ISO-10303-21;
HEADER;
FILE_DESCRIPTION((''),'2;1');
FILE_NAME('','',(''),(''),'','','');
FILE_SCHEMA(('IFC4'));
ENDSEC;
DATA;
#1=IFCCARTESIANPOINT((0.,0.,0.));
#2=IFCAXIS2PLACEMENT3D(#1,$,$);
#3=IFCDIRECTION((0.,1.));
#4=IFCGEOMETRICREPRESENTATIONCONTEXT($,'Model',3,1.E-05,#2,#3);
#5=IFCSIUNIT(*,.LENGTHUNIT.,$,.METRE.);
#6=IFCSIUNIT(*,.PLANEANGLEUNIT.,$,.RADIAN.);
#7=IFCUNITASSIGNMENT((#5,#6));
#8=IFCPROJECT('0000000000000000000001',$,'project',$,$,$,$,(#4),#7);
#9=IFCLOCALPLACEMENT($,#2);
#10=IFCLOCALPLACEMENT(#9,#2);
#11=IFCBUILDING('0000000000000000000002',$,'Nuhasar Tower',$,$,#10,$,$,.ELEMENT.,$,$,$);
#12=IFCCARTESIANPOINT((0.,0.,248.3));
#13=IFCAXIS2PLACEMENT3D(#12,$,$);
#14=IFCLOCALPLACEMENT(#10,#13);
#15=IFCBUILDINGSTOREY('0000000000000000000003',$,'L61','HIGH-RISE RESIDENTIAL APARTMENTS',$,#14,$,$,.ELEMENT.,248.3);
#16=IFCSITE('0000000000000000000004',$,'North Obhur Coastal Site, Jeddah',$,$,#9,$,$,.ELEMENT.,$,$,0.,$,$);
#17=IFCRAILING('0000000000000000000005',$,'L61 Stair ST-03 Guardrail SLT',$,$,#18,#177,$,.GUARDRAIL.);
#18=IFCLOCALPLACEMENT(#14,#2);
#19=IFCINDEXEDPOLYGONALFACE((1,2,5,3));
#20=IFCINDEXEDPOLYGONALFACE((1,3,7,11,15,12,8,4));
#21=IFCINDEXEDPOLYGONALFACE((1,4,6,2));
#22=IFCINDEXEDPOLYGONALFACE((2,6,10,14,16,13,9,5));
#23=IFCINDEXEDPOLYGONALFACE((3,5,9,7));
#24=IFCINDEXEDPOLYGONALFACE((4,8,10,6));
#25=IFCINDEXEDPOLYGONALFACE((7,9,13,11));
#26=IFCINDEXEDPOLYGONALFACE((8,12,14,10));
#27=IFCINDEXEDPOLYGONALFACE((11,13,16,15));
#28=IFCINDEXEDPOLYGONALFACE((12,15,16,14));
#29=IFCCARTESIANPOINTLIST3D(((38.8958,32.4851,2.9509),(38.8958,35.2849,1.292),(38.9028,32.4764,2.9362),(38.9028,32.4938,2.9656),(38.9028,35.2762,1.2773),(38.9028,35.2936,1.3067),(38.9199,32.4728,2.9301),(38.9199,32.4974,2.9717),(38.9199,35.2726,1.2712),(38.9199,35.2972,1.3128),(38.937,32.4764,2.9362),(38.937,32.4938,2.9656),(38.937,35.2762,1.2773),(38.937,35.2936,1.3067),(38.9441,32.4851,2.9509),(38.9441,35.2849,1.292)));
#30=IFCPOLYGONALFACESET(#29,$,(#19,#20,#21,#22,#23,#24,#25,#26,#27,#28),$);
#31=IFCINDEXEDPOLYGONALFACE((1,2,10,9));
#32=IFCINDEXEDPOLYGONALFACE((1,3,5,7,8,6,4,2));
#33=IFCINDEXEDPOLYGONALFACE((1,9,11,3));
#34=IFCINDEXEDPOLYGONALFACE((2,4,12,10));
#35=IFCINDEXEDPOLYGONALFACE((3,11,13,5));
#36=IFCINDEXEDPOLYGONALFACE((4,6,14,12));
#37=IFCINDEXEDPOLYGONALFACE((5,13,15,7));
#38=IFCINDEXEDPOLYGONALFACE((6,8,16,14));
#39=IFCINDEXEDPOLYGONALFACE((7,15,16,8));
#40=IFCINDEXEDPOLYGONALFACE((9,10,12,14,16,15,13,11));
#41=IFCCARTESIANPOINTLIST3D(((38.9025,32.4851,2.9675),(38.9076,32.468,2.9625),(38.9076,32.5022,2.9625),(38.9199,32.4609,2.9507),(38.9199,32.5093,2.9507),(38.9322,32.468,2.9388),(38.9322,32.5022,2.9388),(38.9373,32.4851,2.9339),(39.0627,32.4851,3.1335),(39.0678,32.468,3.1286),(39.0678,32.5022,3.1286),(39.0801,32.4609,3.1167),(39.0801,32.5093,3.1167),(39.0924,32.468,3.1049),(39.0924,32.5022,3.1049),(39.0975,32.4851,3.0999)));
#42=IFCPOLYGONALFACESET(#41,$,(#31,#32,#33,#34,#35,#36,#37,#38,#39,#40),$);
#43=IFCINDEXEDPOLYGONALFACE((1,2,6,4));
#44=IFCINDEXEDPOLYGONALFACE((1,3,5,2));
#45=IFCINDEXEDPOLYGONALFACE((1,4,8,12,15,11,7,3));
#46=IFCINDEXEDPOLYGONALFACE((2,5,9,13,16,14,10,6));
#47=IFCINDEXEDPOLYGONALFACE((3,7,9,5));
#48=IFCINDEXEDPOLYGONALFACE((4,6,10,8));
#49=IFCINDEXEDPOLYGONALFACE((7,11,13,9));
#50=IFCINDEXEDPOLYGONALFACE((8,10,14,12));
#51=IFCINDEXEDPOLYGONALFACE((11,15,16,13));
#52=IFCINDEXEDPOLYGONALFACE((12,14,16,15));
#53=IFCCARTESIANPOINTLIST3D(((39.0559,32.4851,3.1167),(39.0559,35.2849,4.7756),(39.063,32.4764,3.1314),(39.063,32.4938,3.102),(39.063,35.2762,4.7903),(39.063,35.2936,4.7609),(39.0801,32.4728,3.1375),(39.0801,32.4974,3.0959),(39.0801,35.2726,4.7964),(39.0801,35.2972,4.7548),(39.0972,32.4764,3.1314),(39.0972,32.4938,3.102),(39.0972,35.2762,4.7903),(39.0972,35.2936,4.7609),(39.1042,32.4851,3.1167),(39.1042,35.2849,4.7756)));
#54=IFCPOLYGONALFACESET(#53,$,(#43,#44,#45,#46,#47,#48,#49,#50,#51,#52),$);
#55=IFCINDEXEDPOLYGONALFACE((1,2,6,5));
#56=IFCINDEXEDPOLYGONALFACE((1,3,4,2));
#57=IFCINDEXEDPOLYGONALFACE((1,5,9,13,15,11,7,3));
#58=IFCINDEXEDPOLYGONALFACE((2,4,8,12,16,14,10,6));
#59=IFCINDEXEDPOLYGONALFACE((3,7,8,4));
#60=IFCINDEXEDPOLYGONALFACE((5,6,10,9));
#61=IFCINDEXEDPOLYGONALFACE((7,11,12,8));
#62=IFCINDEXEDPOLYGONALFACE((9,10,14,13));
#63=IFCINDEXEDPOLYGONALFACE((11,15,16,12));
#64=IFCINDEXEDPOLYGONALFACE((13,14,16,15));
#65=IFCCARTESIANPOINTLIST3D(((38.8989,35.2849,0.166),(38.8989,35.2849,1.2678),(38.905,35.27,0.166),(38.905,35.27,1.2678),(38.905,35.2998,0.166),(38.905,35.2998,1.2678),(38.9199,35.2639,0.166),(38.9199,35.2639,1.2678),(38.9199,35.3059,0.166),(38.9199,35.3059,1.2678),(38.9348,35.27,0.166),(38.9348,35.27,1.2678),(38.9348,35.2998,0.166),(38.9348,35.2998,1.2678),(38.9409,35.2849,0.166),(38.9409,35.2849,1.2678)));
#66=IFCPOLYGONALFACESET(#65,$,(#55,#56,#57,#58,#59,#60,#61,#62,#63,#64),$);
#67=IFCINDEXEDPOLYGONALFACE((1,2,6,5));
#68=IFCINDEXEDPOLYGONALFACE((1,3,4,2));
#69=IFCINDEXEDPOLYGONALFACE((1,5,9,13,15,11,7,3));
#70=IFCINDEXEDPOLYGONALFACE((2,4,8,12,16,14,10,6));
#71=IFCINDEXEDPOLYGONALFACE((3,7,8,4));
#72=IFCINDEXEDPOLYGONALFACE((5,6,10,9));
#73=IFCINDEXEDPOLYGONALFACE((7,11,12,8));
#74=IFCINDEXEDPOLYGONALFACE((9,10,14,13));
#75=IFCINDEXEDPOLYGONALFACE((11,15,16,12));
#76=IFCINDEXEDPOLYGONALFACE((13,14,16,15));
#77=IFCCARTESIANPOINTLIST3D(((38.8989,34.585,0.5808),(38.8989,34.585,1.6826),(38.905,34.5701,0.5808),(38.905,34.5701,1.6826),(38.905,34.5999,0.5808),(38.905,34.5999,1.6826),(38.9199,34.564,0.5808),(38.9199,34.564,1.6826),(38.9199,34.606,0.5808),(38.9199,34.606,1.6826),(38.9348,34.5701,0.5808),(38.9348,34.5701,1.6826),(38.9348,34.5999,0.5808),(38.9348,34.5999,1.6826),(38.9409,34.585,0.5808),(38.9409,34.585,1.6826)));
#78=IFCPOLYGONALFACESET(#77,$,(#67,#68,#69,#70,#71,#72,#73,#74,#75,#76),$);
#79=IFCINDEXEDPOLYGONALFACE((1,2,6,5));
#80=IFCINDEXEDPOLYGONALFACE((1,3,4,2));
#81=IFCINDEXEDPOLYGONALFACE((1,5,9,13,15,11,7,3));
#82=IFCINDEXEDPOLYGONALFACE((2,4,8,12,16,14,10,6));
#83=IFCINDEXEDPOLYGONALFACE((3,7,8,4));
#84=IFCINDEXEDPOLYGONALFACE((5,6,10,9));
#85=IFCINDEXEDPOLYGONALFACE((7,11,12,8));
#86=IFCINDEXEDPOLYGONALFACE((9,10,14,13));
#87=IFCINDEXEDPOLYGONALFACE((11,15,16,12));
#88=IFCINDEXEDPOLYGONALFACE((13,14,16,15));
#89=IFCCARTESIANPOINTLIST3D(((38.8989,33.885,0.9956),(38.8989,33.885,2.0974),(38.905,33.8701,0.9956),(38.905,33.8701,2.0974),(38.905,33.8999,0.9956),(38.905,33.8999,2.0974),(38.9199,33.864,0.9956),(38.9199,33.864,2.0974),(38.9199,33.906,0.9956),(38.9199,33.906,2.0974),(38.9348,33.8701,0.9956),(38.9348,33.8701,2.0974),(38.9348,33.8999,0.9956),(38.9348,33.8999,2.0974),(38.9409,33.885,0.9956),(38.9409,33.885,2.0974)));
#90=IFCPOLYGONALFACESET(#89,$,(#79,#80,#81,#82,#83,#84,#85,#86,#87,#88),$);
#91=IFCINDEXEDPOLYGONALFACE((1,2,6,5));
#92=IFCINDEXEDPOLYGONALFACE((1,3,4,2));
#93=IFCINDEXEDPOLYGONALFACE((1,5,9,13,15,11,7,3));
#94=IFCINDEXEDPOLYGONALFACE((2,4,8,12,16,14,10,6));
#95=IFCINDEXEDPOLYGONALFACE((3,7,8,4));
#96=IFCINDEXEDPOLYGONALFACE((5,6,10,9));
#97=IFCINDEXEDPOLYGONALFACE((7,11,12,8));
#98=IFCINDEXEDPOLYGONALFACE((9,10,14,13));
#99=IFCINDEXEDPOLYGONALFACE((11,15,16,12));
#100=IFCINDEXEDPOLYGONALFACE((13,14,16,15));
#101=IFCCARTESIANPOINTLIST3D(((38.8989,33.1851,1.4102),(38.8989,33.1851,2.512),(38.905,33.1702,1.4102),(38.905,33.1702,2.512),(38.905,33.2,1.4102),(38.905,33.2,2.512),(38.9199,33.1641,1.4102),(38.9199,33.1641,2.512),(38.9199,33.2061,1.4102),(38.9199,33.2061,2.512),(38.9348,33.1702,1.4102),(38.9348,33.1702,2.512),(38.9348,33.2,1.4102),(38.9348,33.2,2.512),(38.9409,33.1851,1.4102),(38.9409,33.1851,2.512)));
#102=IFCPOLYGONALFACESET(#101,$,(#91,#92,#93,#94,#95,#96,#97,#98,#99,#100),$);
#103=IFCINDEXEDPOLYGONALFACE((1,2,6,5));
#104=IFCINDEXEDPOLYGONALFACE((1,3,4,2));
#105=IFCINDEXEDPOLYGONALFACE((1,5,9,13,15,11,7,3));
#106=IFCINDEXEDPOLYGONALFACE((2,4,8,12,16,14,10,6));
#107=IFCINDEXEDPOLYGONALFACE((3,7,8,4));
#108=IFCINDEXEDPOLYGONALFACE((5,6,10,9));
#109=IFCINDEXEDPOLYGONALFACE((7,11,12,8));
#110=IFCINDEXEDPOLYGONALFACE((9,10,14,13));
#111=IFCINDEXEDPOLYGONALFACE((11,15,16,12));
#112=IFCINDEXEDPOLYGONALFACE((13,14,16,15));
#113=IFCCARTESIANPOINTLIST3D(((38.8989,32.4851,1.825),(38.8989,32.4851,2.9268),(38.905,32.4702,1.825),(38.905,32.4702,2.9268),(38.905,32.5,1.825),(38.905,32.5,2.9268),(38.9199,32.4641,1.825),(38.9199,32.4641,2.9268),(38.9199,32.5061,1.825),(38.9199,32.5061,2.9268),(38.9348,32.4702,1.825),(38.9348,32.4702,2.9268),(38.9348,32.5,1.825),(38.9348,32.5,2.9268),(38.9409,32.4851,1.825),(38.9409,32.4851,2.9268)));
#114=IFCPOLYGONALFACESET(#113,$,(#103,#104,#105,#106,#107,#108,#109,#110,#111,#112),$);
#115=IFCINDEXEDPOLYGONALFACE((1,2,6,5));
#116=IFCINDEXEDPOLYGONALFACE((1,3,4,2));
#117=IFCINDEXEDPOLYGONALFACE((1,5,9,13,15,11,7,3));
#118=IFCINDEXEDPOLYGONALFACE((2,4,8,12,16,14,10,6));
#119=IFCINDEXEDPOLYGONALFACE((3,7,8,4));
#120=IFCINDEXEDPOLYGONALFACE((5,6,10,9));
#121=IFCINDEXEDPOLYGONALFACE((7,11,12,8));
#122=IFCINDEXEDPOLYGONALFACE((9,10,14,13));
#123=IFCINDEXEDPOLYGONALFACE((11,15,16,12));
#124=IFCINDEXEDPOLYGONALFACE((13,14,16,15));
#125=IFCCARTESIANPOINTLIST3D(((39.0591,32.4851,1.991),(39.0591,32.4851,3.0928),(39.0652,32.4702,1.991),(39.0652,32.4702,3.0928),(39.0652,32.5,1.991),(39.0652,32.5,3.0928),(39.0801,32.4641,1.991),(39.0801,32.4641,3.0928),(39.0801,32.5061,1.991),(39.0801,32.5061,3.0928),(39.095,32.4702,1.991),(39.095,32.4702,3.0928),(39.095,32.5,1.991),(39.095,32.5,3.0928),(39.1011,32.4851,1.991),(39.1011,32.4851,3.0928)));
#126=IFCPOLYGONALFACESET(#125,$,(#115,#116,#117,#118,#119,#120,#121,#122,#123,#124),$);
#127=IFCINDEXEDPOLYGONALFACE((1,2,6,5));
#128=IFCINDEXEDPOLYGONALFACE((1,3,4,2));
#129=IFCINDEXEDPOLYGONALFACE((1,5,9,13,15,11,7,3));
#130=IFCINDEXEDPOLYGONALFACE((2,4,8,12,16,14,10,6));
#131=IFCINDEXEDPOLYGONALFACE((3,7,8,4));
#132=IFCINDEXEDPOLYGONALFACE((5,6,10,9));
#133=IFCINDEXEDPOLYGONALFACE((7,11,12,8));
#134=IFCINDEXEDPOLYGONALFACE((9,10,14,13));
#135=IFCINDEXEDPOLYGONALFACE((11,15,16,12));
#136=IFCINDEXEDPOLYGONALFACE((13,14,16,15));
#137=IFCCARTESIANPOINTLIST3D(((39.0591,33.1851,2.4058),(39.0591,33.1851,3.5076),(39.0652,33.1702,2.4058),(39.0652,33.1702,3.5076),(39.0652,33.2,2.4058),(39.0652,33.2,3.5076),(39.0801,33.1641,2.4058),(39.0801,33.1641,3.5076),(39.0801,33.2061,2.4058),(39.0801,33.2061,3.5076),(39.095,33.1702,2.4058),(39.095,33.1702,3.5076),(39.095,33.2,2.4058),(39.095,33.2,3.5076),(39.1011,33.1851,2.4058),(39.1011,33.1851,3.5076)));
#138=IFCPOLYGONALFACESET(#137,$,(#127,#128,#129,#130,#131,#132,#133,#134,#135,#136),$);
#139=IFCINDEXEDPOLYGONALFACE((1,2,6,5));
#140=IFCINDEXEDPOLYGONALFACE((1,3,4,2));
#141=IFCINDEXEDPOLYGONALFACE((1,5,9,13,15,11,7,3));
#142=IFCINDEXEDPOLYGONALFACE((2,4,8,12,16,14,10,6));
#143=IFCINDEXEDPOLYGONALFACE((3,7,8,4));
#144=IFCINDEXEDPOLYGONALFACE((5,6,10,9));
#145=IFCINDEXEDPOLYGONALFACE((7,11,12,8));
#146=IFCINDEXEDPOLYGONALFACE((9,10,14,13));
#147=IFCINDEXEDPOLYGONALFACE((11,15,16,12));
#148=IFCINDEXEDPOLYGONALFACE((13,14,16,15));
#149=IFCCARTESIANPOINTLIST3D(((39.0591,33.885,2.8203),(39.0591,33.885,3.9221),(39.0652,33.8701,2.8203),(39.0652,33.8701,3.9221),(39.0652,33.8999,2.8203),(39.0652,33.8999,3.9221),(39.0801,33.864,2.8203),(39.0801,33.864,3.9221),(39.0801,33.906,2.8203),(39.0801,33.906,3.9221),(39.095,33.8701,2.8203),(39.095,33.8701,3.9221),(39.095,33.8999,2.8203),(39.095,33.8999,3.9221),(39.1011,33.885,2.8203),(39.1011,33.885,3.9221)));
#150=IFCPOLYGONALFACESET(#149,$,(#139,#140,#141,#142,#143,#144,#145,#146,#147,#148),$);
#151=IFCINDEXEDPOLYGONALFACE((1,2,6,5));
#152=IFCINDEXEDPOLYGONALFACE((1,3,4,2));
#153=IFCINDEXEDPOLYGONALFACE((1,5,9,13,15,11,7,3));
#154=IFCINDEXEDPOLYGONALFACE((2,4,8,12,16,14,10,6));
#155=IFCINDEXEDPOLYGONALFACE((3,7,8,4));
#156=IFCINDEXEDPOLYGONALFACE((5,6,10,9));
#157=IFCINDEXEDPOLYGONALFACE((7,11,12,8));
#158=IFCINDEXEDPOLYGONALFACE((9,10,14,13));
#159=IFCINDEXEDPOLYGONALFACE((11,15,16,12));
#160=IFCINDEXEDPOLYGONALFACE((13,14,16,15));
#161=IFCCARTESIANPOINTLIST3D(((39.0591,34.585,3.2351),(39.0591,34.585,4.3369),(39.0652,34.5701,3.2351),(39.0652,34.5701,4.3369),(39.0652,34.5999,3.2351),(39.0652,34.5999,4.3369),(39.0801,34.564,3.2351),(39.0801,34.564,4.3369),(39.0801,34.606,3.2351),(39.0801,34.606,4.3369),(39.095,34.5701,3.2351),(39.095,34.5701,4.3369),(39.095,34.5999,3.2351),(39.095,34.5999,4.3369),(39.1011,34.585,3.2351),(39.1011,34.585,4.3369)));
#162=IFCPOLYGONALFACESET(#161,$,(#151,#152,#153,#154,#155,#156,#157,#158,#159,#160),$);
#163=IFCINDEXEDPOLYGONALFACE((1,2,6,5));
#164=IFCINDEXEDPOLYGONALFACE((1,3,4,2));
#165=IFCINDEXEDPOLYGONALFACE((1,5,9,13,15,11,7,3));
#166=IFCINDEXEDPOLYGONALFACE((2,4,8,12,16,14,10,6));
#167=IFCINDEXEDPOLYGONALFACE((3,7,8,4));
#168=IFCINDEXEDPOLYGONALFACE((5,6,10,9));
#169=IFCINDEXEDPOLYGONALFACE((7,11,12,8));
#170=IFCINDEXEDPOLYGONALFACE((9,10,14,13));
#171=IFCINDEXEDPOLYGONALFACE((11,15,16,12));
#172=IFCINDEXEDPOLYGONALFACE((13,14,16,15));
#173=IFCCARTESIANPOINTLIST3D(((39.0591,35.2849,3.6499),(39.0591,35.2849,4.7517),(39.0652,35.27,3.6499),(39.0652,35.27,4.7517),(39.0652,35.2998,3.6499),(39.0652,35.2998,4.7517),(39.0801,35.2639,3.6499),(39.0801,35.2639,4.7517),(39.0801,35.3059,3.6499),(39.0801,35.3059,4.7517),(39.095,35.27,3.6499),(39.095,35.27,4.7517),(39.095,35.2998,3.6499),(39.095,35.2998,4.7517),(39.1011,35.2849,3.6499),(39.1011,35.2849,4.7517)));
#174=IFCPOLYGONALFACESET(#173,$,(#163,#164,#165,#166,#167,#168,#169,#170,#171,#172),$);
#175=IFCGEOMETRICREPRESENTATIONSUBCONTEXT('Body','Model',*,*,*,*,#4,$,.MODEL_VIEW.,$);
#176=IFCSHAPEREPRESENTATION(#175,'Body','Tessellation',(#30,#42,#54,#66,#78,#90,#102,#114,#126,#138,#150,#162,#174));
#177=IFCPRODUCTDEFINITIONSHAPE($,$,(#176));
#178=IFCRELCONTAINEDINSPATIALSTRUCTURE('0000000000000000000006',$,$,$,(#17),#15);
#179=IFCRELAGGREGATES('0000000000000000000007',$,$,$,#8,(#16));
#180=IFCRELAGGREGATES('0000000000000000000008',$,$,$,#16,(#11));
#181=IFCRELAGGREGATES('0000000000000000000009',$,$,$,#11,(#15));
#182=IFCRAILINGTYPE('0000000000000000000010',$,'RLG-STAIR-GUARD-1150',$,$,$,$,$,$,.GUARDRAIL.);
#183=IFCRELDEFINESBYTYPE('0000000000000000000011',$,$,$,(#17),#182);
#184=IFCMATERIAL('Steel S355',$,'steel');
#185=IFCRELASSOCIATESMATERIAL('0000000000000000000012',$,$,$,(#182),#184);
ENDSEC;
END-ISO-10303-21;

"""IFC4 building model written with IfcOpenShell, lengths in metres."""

from ifc_helpers import new_model, si_unit, direction, frame, origin, place, context, subcontext, project, spatial, polyline, outline, extrude, material, type_object, element, save


model = new_model("IFC4")

# Units and contexts
model_context = context("Model", 3, precision=1e-05, world=origin(), true_north=direction((0.0, 1.0)))
body_context = subcontext(model_context, "Body", "Model", "MODEL_VIEW")
ifc_project = project(units=[si_unit("LENGTHUNIT", "METRE"), si_unit("PLANEANGLEUNIT", "RADIAN")], contexts=[model_context])

# Site, building, storey
site_placement = place(None, origin())
site = spatial("IfcSite", under=ifc_project, at=site_placement, Name="North Obhur Coastal Site, Jeddah", CompositionType="ELEMENT", RefElevation=0.0)
building_placement = place(site_placement, origin())
building = spatial("IfcBuilding", under=site, at=building_placement, Name="Nuhasar Tower", CompositionType="ELEMENT")
storey_placement = place(building_placement, frame((0.0, 0.0, 248.3)))
storey = spatial("IfcBuildingStorey", under=building, at=storey_placement, Name="L61", Description="HIGH-RISE RESIDENTIAL APARTMENTS", CompositionType="ELEMENT", Elevation=248.3)

# Shared definitions
ifc_material_1 = material(Name="Steel S355", Category="steel")

# Railing
railing_type_1 = type_object("IfcRailingType", Name="RLG-STAIR-GUARD-1150", PredefinedType="GUARDRAIL", material=ifc_material_1)
railing_1_placement = place(storey_placement, frame((38.9199, 35.2849, 0.166)))
element("IfcRailing", 1, at=railing_1_placement, inside=storey, type_object=railing_type_1, Name="L61 Stair ST-03 Guardrail SLT", PredefinedType="GUARDRAIL", context=body_context, shape_type="SweptSolid", body=[
    extrude(outline(polyline([(0.0242, 0.0), (0.0171, 0.0171), (0.0, 0.0242), (-0.0171, 0.0171), (-0.0242, 0.0), (-0.0171, -0.0171), (0.0, -0.0242), (0.0171, -0.0171), (0.0242, 0.0)])), frame((0.0, 0.0, 1.126), z_axis=(0.0, -0.86032, 0.509755), x_axis=(1.0, 0.0, 0.0)), (0.0, 0.0, 1.0), 3.2544),
    extrude(outline(polyline([(0.0242, 0.0), (0.0171, 0.0171), (0.0, 0.0242), (-0.0171, 0.0171), (-0.0242, 0.0), (-0.0171, -0.0171), (0.0, -0.0242), (0.0171, -0.0171), (0.0242, 0.0)])), frame((0.0, -2.7998, 2.7847), z_axis=(0.694292, 0.0, 0.719693), x_axis=(0.0, 1.0, 0.0)), (0.0, 0.0, 1.0), 0.2307),
    extrude(outline(polyline([(0.0242, 0.0), (0.0171, 0.0171), (0.0, 0.0242), (-0.0171, 0.0171), (-0.0242, 0.0), (-0.0171, -0.0171), (0.0, -0.0242), (0.0171, -0.0171), (0.0242, 0.0)])), frame((0.1602, -2.7998, 2.9507), z_axis=(0.0, 0.86032, 0.509755), x_axis=(-1.0, 0.0, 0.0)), (0.0, 0.0, 1.0), 3.2544),
    extrude(outline(polyline([(0.021, 0.0), (0.0149, 0.0149), (0.0, 0.021), (-0.0149, 0.0149), (-0.021, 0.0), (-0.0149, -0.0149), (0.0, -0.021), (0.0149, -0.0149), (0.021, 0.0)])), origin(), (0.0, 0.0, 1.0), 1.1018),
    extrude(outline(polyline([(0.021, 0.0), (0.0149, 0.0149), (0.0, 0.021), (-0.0149, 0.0149), (-0.021, 0.0), (-0.0149, -0.0149), (0.0, -0.021), (0.0149, -0.0149), (0.021, 0.0)])), frame((0.0, -0.7, 0.4148)), (0.0, 0.0, 1.0), 1.1018),
    extrude(outline(polyline([(0.021, 0.0), (0.0149, 0.0149), (0.0, 0.021), (-0.0149, 0.0149), (-0.021, 0.0), (-0.0149, -0.0149), (0.0, -0.021), (0.0149, -0.0149), (0.021, 0.0)])), frame((0.0, -1.3999, 0.8296)), (0.0, 0.0, 1.0), 1.1018),
    extrude(outline(polyline([(0.021, 0.0), (0.0149, 0.0149), (0.0, 0.021), (-0.0149, 0.0149), (-0.021, 0.0), (-0.0149, -0.0149), (0.0, -0.021), (0.0149, -0.0149), (0.021, 0.0)])), frame((0.0, -2.0999, 1.2441)), (0.0, 0.0, 1.0), 1.1018),
    extrude(outline(polyline([(0.021, 0.0), (0.0149, 0.0149), (0.0, 0.021), (-0.0149, 0.0149), (-0.021, 0.0), (-0.0149, -0.0149), (0.0, -0.021), (0.0149, -0.0149), (0.021, 0.0)])), frame((0.0, -2.7998, 1.6589)), (0.0, 0.0, 1.0), 1.1018),
    extrude(outline(polyline([(0.021, 0.0), (0.0149, 0.0149), (0.0, 0.021), (-0.0149, 0.0149), (-0.021, 0.0), (-0.0149, -0.0149), (0.0, -0.021), (0.0149, -0.0149), (0.021, 0.0)])), frame((0.1602, -2.7998, 1.825)), (0.0, 0.0, 1.0), 1.1018),
    extrude(outline(polyline([(0.021, 0.0), (0.0149, 0.0149), (0.0, 0.021), (-0.0149, 0.0149), (-0.021, 0.0), (-0.0149, -0.0149), (0.0, -0.021), (0.0149, -0.0149), (0.021, 0.0)])), frame((0.1602, -2.0999, 2.2397)), (0.0, 0.0, 1.0), 1.1018),
    extrude(outline(polyline([(0.021, 0.0), (0.0149, 0.0149), (0.0, 0.021), (-0.0149, 0.0149), (-0.021, 0.0), (-0.0149, -0.0149), (0.0, -0.021), (0.0149, -0.0149), (0.021, 0.0)])), frame((0.1602, -1.3999, 2.6543)), (0.0, 0.0, 1.0), 1.1018),
    extrude(outline(polyline([(0.021, 0.0), (0.0149, 0.0149), (0.0, 0.021), (-0.0149, 0.0149), (-0.021, 0.0), (-0.0149, -0.0149), (0.0, -0.021), (0.0149, -0.0149), (0.021, 0.0)])), frame((0.1602, -0.7, 3.0691)), (0.0, 0.0, 1.0), 1.1018),
    extrude(outline(polyline([(0.021, 0.0), (0.0149, 0.0149), (0.0, 0.021), (-0.0149, 0.0149), (-0.021, 0.0), (-0.0149, -0.0149), (0.0, -0.021), (0.0149, -0.0149), (0.021, 0.0)])), frame((0.1602, 0.0, 3.4839)), (0.0, 0.0, 1.0), 1.1018),
])

save(model, "model.ifc")
